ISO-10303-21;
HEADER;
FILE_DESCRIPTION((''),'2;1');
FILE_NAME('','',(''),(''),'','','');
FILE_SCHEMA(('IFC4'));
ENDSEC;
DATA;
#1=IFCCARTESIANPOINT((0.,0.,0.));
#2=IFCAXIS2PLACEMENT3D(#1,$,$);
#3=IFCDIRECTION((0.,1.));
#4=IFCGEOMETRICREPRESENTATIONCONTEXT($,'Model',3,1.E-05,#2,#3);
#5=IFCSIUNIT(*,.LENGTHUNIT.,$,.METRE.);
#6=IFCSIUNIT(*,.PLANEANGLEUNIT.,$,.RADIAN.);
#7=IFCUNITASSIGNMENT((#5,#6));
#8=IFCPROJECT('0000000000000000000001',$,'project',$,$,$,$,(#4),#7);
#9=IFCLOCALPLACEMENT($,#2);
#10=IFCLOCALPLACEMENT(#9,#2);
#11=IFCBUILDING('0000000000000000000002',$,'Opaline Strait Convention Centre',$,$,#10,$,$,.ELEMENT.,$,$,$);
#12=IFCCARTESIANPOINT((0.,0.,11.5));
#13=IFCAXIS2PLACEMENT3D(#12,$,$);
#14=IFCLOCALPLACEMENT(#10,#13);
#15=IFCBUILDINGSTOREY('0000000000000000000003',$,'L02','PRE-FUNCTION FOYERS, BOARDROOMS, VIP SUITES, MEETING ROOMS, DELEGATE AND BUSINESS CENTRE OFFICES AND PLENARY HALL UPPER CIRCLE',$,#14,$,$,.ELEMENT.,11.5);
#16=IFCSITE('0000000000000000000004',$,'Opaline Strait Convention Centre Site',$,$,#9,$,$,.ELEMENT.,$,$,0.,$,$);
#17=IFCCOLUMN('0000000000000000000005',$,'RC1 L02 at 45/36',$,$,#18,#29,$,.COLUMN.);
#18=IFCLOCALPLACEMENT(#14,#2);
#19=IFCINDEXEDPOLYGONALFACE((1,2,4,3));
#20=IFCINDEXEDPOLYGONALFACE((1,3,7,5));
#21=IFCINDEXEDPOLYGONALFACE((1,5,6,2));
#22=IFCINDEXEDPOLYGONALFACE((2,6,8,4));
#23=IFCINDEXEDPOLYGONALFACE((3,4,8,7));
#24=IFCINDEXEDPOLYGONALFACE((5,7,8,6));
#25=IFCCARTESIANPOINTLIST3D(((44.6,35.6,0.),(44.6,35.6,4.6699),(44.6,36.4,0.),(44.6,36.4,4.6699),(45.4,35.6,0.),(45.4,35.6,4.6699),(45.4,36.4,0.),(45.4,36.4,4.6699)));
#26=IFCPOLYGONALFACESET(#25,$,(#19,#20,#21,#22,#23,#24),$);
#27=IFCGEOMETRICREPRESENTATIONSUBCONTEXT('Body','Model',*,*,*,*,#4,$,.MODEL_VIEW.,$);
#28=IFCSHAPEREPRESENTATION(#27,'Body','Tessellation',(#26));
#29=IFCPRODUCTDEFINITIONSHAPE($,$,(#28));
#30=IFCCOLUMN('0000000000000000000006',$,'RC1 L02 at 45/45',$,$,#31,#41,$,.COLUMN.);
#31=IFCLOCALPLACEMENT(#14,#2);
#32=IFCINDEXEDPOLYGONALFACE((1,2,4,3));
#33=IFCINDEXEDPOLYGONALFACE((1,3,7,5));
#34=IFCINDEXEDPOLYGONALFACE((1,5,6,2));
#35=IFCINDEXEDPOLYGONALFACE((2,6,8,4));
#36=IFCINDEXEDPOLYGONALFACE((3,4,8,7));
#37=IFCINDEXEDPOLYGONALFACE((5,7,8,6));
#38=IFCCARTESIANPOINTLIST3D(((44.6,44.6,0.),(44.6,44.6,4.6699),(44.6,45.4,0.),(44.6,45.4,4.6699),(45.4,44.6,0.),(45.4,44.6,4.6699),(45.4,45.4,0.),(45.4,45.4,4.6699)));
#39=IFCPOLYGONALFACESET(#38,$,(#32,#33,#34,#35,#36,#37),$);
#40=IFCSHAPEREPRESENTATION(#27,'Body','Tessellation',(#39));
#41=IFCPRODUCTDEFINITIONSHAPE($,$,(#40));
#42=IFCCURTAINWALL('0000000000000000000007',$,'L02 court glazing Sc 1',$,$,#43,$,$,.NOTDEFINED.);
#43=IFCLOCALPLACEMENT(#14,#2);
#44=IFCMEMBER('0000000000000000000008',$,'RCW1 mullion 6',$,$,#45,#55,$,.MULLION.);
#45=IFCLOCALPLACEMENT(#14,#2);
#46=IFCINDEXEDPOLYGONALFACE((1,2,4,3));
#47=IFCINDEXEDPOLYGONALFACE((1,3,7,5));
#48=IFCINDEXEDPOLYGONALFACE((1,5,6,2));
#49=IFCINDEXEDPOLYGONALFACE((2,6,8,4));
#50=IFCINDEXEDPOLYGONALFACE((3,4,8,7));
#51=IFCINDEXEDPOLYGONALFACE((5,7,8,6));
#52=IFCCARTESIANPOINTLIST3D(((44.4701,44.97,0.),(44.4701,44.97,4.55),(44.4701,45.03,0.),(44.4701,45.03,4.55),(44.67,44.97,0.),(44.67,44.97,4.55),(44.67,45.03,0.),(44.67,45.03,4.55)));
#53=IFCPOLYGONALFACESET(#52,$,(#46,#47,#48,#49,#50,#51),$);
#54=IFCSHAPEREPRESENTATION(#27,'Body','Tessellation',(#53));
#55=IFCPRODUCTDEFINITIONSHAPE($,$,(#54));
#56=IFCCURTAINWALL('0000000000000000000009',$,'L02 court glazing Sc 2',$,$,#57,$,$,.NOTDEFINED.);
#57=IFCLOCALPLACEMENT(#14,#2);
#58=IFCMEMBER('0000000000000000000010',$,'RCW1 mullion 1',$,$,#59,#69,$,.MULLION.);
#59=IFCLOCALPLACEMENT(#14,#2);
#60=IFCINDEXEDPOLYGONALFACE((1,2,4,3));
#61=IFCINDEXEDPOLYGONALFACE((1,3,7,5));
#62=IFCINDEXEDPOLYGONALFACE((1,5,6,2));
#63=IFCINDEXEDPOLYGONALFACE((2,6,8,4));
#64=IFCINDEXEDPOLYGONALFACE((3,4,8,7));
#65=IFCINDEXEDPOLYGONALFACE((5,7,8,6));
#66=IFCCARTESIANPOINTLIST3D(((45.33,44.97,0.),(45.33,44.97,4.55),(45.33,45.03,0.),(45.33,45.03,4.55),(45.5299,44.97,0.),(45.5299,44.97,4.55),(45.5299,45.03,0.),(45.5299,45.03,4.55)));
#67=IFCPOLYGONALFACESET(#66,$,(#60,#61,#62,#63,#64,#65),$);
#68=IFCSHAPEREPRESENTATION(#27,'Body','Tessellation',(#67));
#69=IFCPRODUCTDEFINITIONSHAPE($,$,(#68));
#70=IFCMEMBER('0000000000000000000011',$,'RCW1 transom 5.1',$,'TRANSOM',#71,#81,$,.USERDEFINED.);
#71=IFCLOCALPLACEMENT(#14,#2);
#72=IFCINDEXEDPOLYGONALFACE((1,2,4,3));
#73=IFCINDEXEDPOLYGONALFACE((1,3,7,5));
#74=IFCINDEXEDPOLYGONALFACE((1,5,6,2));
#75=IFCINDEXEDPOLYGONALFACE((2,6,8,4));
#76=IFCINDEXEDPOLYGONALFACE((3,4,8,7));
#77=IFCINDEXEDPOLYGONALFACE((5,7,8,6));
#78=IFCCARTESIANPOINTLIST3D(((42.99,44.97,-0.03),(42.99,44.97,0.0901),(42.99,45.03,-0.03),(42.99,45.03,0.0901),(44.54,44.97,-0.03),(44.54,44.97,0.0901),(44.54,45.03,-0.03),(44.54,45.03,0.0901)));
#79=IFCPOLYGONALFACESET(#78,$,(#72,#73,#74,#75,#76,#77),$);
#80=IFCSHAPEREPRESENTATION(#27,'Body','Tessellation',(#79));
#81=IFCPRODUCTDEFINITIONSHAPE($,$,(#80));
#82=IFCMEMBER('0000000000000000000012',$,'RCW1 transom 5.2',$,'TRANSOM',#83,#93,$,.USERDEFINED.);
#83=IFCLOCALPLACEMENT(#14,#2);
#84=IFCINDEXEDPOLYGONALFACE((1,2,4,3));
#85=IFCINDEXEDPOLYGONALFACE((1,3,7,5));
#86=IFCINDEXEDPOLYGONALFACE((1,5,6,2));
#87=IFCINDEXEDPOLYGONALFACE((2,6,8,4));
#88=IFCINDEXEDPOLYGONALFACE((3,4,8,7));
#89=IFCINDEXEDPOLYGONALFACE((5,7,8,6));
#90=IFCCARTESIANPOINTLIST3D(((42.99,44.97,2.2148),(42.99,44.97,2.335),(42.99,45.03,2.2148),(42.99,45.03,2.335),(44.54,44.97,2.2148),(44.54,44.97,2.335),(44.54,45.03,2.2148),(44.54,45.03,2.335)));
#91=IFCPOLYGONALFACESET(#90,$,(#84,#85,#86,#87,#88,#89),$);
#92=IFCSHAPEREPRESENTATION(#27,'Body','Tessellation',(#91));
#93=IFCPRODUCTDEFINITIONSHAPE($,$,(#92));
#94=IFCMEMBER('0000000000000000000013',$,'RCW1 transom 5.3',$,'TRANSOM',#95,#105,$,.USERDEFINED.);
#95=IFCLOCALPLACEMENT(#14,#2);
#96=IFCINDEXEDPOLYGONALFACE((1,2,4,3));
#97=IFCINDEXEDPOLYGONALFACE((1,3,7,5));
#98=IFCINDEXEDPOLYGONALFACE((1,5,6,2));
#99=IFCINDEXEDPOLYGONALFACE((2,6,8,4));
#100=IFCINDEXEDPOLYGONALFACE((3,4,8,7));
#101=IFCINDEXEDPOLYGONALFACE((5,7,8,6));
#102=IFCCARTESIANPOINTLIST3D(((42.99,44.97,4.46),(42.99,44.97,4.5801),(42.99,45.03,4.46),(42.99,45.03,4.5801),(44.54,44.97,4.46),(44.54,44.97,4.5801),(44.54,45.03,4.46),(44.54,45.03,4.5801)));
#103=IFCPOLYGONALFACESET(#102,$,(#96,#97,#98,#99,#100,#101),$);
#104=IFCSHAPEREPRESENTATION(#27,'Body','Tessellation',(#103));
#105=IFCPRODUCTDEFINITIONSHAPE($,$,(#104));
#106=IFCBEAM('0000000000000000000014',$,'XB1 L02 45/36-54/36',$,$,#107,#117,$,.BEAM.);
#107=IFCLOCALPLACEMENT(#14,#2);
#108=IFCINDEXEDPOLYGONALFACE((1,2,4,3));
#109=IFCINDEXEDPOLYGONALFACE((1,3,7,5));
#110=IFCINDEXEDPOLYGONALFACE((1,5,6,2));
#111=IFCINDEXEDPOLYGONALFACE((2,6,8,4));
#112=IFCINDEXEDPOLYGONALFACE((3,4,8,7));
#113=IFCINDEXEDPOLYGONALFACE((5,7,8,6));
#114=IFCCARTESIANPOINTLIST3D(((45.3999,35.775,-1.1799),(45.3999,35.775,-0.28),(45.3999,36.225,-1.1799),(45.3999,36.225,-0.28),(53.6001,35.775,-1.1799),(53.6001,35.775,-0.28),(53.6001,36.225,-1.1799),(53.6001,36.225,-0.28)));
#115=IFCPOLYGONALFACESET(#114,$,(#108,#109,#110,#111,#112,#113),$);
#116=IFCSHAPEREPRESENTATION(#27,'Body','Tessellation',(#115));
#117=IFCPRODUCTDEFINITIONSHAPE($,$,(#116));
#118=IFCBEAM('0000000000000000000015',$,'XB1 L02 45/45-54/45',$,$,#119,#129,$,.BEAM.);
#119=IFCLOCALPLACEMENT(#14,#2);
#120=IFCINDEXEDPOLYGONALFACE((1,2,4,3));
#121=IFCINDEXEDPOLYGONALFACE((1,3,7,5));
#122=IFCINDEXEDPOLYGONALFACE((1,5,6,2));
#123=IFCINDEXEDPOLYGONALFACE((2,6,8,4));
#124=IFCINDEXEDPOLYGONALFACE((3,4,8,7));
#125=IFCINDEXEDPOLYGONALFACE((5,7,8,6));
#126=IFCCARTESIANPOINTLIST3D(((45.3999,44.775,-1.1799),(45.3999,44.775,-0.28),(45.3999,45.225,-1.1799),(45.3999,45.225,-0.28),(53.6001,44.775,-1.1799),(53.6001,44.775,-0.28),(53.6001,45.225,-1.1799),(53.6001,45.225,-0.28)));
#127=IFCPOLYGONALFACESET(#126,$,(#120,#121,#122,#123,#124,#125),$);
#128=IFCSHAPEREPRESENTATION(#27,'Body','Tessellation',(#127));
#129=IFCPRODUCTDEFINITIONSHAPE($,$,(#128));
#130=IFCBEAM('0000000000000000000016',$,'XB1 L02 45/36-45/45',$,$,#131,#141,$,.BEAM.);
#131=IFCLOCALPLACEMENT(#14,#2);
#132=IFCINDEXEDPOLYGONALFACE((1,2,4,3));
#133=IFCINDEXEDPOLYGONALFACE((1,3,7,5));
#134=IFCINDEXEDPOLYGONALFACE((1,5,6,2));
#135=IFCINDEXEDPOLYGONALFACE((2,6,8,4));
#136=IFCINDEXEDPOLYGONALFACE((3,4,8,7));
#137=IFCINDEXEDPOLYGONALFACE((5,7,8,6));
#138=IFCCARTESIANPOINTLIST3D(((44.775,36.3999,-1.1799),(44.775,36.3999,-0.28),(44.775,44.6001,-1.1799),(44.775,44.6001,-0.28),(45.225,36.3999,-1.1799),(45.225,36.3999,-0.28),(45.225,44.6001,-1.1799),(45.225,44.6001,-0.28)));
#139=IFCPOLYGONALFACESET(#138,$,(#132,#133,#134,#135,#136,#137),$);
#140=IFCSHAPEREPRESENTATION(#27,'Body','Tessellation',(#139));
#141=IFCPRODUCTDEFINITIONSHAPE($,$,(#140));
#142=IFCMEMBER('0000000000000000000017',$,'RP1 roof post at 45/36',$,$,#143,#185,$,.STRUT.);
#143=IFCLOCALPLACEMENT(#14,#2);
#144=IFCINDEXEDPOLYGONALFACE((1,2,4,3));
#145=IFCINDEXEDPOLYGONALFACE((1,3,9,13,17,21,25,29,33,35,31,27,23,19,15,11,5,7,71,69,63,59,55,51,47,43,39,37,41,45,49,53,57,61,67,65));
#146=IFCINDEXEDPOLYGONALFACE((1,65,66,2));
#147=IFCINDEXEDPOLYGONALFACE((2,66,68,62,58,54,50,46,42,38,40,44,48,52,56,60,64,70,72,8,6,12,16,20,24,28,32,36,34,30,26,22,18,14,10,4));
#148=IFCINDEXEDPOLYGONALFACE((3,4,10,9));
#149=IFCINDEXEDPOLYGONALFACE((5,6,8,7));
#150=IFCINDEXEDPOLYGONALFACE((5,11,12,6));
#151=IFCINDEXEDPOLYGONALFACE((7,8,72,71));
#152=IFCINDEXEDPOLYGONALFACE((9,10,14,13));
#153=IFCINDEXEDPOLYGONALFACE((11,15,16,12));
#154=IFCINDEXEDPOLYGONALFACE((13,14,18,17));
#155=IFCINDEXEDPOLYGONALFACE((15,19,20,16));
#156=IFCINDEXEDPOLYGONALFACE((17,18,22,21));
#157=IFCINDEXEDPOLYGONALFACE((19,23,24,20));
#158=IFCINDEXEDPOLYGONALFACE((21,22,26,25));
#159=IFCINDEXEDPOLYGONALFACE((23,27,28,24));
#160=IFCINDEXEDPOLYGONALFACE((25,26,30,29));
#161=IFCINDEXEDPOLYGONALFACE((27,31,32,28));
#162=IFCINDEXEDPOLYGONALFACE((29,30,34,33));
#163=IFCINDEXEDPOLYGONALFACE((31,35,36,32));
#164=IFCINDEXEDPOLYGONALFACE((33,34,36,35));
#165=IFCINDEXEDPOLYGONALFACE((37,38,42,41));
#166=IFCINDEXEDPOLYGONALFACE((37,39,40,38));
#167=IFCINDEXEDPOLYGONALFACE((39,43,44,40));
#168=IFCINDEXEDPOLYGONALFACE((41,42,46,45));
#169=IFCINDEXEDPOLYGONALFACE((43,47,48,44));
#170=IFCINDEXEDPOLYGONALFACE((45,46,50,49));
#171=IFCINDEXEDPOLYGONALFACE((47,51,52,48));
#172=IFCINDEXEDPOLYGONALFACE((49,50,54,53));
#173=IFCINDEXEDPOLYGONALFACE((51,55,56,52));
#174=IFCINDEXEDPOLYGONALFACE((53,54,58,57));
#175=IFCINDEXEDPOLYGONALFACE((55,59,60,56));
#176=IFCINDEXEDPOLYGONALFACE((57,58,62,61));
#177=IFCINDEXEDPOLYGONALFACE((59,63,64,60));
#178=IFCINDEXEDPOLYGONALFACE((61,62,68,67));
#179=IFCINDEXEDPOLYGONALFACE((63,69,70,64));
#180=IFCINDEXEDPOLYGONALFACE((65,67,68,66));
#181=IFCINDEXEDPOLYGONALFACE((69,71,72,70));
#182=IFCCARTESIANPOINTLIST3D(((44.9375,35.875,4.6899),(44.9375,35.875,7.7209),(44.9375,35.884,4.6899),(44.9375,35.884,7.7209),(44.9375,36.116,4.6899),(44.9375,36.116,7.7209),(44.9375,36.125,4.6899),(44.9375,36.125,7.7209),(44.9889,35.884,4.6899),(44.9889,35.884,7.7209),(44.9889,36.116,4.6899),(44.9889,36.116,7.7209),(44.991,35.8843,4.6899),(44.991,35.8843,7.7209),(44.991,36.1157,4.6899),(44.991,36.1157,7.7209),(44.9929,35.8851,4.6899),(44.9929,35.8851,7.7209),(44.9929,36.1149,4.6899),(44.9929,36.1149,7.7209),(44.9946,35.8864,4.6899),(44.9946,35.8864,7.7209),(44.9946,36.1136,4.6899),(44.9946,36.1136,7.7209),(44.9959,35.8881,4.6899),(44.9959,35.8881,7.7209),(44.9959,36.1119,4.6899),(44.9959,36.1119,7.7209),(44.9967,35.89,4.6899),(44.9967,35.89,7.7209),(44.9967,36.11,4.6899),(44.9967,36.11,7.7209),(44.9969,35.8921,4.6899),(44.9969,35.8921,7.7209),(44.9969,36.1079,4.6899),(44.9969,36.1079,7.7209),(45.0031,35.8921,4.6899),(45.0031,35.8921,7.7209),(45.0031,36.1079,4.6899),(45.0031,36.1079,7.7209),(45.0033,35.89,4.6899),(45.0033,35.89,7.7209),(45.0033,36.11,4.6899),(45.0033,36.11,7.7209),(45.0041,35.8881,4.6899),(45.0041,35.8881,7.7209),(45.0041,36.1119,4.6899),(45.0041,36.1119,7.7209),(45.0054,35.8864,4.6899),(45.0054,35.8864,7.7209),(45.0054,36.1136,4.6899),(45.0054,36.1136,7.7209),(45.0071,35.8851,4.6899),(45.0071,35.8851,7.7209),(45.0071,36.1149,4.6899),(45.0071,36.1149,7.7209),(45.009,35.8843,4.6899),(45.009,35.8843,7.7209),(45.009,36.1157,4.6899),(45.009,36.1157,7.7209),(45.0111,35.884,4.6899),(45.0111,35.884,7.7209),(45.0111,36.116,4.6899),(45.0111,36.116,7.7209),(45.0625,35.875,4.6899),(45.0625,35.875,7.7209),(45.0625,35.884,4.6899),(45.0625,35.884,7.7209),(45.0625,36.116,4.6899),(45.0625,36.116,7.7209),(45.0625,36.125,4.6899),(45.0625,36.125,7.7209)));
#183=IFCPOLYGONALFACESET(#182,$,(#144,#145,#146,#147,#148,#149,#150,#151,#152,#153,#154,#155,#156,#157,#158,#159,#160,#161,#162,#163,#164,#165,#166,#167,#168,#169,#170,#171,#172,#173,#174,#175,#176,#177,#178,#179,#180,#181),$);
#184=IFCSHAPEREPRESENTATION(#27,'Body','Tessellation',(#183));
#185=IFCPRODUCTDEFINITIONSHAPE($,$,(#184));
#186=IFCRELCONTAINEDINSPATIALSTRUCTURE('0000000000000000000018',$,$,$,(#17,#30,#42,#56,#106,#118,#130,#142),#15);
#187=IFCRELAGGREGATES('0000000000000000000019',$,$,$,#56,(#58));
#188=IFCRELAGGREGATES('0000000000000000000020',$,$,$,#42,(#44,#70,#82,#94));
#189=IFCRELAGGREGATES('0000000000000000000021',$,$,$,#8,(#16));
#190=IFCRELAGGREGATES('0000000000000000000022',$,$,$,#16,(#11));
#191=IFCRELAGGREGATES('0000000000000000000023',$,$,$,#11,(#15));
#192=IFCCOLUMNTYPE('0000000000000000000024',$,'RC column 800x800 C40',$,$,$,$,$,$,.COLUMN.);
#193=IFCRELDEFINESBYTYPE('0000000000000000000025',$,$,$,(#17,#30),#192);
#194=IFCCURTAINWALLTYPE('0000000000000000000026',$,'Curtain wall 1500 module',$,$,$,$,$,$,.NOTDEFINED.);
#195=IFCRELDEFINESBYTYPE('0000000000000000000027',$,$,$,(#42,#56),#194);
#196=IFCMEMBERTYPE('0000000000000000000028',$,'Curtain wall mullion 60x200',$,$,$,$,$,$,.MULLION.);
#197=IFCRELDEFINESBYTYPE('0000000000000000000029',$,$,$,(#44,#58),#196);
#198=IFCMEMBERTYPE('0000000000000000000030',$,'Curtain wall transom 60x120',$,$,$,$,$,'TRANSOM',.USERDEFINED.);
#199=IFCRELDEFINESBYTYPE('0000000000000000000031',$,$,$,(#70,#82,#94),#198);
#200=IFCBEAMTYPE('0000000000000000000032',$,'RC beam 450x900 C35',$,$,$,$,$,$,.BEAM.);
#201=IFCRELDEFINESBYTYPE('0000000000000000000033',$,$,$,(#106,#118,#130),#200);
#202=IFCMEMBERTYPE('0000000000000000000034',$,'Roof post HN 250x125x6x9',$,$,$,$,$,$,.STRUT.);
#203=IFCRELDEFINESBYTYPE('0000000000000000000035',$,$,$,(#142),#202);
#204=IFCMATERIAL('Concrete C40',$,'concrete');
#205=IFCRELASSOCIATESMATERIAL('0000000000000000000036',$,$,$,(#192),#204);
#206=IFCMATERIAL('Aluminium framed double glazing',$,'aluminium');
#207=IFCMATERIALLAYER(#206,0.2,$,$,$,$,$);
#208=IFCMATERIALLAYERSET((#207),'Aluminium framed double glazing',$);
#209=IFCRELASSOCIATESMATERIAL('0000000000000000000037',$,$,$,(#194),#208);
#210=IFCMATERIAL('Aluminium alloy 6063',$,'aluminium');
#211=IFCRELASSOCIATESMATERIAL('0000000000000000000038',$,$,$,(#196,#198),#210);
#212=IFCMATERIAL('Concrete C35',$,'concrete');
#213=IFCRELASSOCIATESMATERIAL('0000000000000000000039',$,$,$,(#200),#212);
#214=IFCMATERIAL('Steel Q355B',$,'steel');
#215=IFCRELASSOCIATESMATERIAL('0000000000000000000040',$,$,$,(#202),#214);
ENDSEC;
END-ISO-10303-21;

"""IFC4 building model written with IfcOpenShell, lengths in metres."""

from ifc_helpers import new_model, si_unit, direction, frame, origin, origin_2d, place, context, subcontext, project, spatial, rectangle, i_section, extrude, material, layer, layer_set, material_profile, profile_set, type_object, element, aggregate, save


model = new_model("IFC4")

# Units and contexts
model_context = context("Model", 3, precision=1e-05, world=origin(), true_north=direction((0.0, 1.0)))
body_context = subcontext(model_context, "Body", "Model", "MODEL_VIEW")
ifc_project = project(units=[si_unit("LENGTHUNIT", "METRE"), si_unit("PLANEANGLEUNIT", "RADIAN")], contexts=[model_context])

# Site, building, storey
site_placement = place(None, origin())
site = spatial("IfcSite", under=ifc_project, at=site_placement, Name="Opaline Strait Convention Centre Site", CompositionType="ELEMENT", RefElevation=0.0)
building_placement = place(site_placement, origin())
building = spatial("IfcBuilding", under=site, at=building_placement, Name="Opaline Strait Convention Centre", CompositionType="ELEMENT")
storey_placement = place(building_placement, frame((0.0, 0.0, 11.5)))
storey = spatial("IfcBuildingStorey", under=building, at=storey_placement, Name="L02", Description="PRE-FUNCTION FOYERS, BOARDROOMS, VIP SUITES, MEETING ROOMS, DELEGATE AND BUSINESS CENTRE OFFICES AND PLENARY HALL UPPER CIRCLE", CompositionType="ELEMENT", Elevation=11.5)

# Columns
ifc_material_1 = material(Name="Concrete C40", Category="concrete")
ifc_material_profile_1 = material_profile(ifc_material_1, rectangle(XDim=0.8, YDim=0.8, at=origin_2d()), Name="RC 800x800")
ifc_profile_set_1 = profile_set([ifc_material_profile_1], Name="Concrete C40")
column_type = type_object("IfcColumnType", Name="RC column 800x800 C40", PredefinedType="COLUMN", material=ifc_profile_set_1)
for number, where, z_axis, x_axis, name in (
    (1, (45.0, 36.0, 0.0), (0.0, 0.0, 1.0), (1.0, 0.0, 0.0), "RC1 L02 at 45/36"),
    (2, (45.0, 45.0, 0.0), (0.0, 0.0, 1.0), (1.0, 0.0, 0.0), "RC1 L02 at 45/45"),
):
    element("IfcColumn", number, at=place(storey_placement, frame(where, z_axis=z_axis, x_axis=x_axis)), inside=storey, type_object=column_type, Name=name, PredefinedType="COLUMN", context=body_context, shape_type="SweptSolid", body=[
        extrude(rectangle(XDim=0.8, YDim=0.8, at=origin_2d()), origin(), (0.0, 0.0, 1.0), 4.6699),
    ])

# Curtain walls, members
ifc_material_2 = material(Name="Aluminium framed double glazing", Category="aluminium")
ifc_layer_1 = layer(ifc_material_2, 0.2)
ifc_layer_set_1 = layer_set([ifc_layer_1], Name="Aluminium framed double glazing")
curtain_wall_type = type_object("IfcCurtainWallType", Name="Curtain wall 1500 module", PredefinedType="NOTDEFINED", material=ifc_layer_set_1)
curtain_wall_1_placement = place(storey_placement, origin())
curtain_wall_1 = element("IfcCurtainWall", 3, at=curtain_wall_1_placement, inside=storey, type_object=curtain_wall_type, Name="L02 court glazing Sc 1", PredefinedType="NOTDEFINED")
ifc_material_3 = material(Name="Aluminium alloy 6063", Category="aluminium")
ifc_material_profile_2 = material_profile(ifc_material_3, rectangle(XDim=0.0601, YDim=0.2, at=origin_2d()), Name="Curtain wall mullion 60x200")
ifc_profile_set_2 = profile_set([ifc_material_profile_2], Name="Aluminium alloy 6063")
member_type_1 = type_object("IfcMemberType", Name="Curtain wall mullion 60x200", PredefinedType="MULLION", material=ifc_profile_set_2)
member_1_placement = place(storey_placement, frame((44.5701, 45.0, 0.0), z_axis=(0.0, 0.0, 1.0), x_axis=(0.0, 1.0, 0.0)))
member_1 = element("IfcMember", 4, at=member_1_placement, type_object=member_type_1, Name="RCW1 mullion 6", PredefinedType="MULLION", context=body_context, shape_type="SweptSolid", body=[
    extrude(rectangle(XDim=0.0601, YDim=0.2, at=origin_2d()), origin(), (0.0, 0.0, 1.0), 4.55),
])
curtain_wall_2_placement = place(storey_placement, origin())
curtain_wall_2 = element("IfcCurtainWall", 5, at=curtain_wall_2_placement, inside=storey, type_object=curtain_wall_type, Name="L02 court glazing Sc 2", PredefinedType="NOTDEFINED")
member_2_placement = place(storey_placement, frame((45.4299, 45.0, 0.0), z_axis=(0.0, 0.0, 1.0), x_axis=(0.0, 1.0, 0.0)))
member_2 = element("IfcMember", 6, at=member_2_placement, type_object=member_type_1, Name="RCW1 mullion 1", PredefinedType="MULLION", context=body_context, shape_type="SweptSolid", body=[
    extrude(rectangle(XDim=0.0601, YDim=0.2, at=origin_2d()), origin(), (0.0, 0.0, 1.0), 4.55),
])
aggregate(curtain_wall_2, [member_2])

# Members
ifc_material_profile_3 = material_profile(ifc_material_3, rectangle(XDim=0.0601, YDim=0.1201, at=origin_2d()), Name="Curtain wall transom 60x120")
ifc_profile_set_3 = profile_set([ifc_material_profile_3], Name="Aluminium alloy 6063")
member_type_2 = type_object("IfcMemberType", Name="Curtain wall transom 60x120", ElementType="TRANSOM", PredefinedType="USERDEFINED", material=ifc_profile_set_3)
member_3_placement = place(storey_placement, frame((42.99, 45.0, 0.03), z_axis=(1.0, 0.0, 0.0), x_axis=(0.0, 1.0, 0.0)))
member_3 = element("IfcMember", 7, at=member_3_placement, type_object=member_type_2, Name="RCW1 transom 5.1", ObjectType="TRANSOM", PredefinedType="USERDEFINED", context=body_context, shape_type="SweptSolid", body=[
    extrude(rectangle(XDim=0.0601, YDim=0.1201, at=origin_2d()), origin(), (0.0, 0.0, 1.0), 1.55),
])
member_4_placement = place(storey_placement, frame((42.99, 45.0, 2.2749), z_axis=(1.0, 0.0, 0.0), x_axis=(0.0, 1.0, 0.0)))
member_4 = element("IfcMember", 8, at=member_4_placement, type_object=member_type_2, Name="RCW1 transom 5.2", ObjectType="TRANSOM", PredefinedType="USERDEFINED", context=body_context, shape_type="SweptSolid", body=[
    extrude(rectangle(XDim=0.0601, YDim=0.1201, at=origin_2d()), origin(), (0.0, 0.0, 1.0), 1.55),
])
member_5_placement = place(storey_placement, frame((42.99, 45.0, 4.52), z_axis=(1.0, 0.0, 0.0), x_axis=(0.0, 1.0, 0.0)))
member_5 = element("IfcMember", 9, at=member_5_placement, type_object=member_type_2, Name="RCW1 transom 5.3", ObjectType="TRANSOM", PredefinedType="USERDEFINED", context=body_context, shape_type="SweptSolid", body=[
    extrude(rectangle(XDim=0.0601, YDim=0.1201, at=origin_2d()), origin(), (0.0, 0.0, 1.0), 1.55),
])

# Beams
ifc_material_4 = material(Name="Concrete C35", Category="concrete")
ifc_material_profile_4 = material_profile(ifc_material_4, rectangle(XDim=0.45, YDim=0.8999, at=origin_2d()), Name="RC 450x900")
ifc_profile_set_4 = profile_set([ifc_material_profile_4], Name="Concrete C35")
beam_type = type_object("IfcBeamType", Name="RC beam 450x900 C35", PredefinedType="BEAM", material=ifc_profile_set_4)
for number, where, z_axis, x_axis, name in (
    (10, (45.3999, 36.0, -0.73), (1.0, 0.0, 0.0), (0.0, 1.0, 0.0), "XB1 L02 45/36-54/36"),
    (11, (45.3999, 45.0, -0.73), (1.0, 0.0, 0.0), (0.0, 1.0, 0.0), "XB1 L02 45/45-54/45"),
    (12, (45.0, 36.3999, -0.73), (0.0, 1.0, 0.0), (-1.0, 0.0, 0.0), "XB1 L02 45/36-45/45"),
):
    element("IfcBeam", number, at=place(storey_placement, frame(where, z_axis=z_axis, x_axis=x_axis)), inside=storey, type_object=beam_type, Name=name, PredefinedType="BEAM", context=body_context, shape_type="SweptSolid", body=[
        extrude(rectangle(XDim=0.45, YDim=0.8999, at=origin_2d()), origin(), (0.0, 0.0, 1.0), 8.2002),
    ])

# Member
ifc_material_5 = material(Name="Steel Q355B", Category="steel")
ifc_material_profile_5 = material_profile(ifc_material_5, i_section(OverallWidth=0.125, OverallDepth=0.25, WebThickness=0.0061, FlangeThickness=0.009, FilletRadius=0.0081, at=origin_2d()), Name="HN 250x125x6x9")
ifc_profile_set_5 = profile_set([ifc_material_profile_5], Name="Steel Q355B")
member_type_3 = type_object("IfcMemberType", Name="Roof post HN 250x125x6x9", PredefinedType="STRUT", material=ifc_profile_set_5)
for number, where, z_axis, x_axis, name in (
    (13, (45.0, 36.0, 4.6899), (0.0, 0.0, 1.0), (1.0, 0.0, 0.0), "RP1 roof post at 45/36"),
):
    element("IfcMember", number, at=place(storey_placement, frame(where, z_axis=z_axis, x_axis=x_axis)), inside=storey, type_object=member_type_3, Name=name, PredefinedType="STRUT", context=body_context, shape_type="SweptSolid", body=[
        extrude(i_section(OverallWidth=0.125, OverallDepth=0.25, WebThickness=0.0061, FlangeThickness=0.009, FilletRadius=0.0081, at=origin_2d()), origin(), (0.0, 0.0, 1.0), 3.031),
    ])

aggregate(curtain_wall_1, [member_1, member_3, member_4, member_5])

save(model, "model.ifc")
